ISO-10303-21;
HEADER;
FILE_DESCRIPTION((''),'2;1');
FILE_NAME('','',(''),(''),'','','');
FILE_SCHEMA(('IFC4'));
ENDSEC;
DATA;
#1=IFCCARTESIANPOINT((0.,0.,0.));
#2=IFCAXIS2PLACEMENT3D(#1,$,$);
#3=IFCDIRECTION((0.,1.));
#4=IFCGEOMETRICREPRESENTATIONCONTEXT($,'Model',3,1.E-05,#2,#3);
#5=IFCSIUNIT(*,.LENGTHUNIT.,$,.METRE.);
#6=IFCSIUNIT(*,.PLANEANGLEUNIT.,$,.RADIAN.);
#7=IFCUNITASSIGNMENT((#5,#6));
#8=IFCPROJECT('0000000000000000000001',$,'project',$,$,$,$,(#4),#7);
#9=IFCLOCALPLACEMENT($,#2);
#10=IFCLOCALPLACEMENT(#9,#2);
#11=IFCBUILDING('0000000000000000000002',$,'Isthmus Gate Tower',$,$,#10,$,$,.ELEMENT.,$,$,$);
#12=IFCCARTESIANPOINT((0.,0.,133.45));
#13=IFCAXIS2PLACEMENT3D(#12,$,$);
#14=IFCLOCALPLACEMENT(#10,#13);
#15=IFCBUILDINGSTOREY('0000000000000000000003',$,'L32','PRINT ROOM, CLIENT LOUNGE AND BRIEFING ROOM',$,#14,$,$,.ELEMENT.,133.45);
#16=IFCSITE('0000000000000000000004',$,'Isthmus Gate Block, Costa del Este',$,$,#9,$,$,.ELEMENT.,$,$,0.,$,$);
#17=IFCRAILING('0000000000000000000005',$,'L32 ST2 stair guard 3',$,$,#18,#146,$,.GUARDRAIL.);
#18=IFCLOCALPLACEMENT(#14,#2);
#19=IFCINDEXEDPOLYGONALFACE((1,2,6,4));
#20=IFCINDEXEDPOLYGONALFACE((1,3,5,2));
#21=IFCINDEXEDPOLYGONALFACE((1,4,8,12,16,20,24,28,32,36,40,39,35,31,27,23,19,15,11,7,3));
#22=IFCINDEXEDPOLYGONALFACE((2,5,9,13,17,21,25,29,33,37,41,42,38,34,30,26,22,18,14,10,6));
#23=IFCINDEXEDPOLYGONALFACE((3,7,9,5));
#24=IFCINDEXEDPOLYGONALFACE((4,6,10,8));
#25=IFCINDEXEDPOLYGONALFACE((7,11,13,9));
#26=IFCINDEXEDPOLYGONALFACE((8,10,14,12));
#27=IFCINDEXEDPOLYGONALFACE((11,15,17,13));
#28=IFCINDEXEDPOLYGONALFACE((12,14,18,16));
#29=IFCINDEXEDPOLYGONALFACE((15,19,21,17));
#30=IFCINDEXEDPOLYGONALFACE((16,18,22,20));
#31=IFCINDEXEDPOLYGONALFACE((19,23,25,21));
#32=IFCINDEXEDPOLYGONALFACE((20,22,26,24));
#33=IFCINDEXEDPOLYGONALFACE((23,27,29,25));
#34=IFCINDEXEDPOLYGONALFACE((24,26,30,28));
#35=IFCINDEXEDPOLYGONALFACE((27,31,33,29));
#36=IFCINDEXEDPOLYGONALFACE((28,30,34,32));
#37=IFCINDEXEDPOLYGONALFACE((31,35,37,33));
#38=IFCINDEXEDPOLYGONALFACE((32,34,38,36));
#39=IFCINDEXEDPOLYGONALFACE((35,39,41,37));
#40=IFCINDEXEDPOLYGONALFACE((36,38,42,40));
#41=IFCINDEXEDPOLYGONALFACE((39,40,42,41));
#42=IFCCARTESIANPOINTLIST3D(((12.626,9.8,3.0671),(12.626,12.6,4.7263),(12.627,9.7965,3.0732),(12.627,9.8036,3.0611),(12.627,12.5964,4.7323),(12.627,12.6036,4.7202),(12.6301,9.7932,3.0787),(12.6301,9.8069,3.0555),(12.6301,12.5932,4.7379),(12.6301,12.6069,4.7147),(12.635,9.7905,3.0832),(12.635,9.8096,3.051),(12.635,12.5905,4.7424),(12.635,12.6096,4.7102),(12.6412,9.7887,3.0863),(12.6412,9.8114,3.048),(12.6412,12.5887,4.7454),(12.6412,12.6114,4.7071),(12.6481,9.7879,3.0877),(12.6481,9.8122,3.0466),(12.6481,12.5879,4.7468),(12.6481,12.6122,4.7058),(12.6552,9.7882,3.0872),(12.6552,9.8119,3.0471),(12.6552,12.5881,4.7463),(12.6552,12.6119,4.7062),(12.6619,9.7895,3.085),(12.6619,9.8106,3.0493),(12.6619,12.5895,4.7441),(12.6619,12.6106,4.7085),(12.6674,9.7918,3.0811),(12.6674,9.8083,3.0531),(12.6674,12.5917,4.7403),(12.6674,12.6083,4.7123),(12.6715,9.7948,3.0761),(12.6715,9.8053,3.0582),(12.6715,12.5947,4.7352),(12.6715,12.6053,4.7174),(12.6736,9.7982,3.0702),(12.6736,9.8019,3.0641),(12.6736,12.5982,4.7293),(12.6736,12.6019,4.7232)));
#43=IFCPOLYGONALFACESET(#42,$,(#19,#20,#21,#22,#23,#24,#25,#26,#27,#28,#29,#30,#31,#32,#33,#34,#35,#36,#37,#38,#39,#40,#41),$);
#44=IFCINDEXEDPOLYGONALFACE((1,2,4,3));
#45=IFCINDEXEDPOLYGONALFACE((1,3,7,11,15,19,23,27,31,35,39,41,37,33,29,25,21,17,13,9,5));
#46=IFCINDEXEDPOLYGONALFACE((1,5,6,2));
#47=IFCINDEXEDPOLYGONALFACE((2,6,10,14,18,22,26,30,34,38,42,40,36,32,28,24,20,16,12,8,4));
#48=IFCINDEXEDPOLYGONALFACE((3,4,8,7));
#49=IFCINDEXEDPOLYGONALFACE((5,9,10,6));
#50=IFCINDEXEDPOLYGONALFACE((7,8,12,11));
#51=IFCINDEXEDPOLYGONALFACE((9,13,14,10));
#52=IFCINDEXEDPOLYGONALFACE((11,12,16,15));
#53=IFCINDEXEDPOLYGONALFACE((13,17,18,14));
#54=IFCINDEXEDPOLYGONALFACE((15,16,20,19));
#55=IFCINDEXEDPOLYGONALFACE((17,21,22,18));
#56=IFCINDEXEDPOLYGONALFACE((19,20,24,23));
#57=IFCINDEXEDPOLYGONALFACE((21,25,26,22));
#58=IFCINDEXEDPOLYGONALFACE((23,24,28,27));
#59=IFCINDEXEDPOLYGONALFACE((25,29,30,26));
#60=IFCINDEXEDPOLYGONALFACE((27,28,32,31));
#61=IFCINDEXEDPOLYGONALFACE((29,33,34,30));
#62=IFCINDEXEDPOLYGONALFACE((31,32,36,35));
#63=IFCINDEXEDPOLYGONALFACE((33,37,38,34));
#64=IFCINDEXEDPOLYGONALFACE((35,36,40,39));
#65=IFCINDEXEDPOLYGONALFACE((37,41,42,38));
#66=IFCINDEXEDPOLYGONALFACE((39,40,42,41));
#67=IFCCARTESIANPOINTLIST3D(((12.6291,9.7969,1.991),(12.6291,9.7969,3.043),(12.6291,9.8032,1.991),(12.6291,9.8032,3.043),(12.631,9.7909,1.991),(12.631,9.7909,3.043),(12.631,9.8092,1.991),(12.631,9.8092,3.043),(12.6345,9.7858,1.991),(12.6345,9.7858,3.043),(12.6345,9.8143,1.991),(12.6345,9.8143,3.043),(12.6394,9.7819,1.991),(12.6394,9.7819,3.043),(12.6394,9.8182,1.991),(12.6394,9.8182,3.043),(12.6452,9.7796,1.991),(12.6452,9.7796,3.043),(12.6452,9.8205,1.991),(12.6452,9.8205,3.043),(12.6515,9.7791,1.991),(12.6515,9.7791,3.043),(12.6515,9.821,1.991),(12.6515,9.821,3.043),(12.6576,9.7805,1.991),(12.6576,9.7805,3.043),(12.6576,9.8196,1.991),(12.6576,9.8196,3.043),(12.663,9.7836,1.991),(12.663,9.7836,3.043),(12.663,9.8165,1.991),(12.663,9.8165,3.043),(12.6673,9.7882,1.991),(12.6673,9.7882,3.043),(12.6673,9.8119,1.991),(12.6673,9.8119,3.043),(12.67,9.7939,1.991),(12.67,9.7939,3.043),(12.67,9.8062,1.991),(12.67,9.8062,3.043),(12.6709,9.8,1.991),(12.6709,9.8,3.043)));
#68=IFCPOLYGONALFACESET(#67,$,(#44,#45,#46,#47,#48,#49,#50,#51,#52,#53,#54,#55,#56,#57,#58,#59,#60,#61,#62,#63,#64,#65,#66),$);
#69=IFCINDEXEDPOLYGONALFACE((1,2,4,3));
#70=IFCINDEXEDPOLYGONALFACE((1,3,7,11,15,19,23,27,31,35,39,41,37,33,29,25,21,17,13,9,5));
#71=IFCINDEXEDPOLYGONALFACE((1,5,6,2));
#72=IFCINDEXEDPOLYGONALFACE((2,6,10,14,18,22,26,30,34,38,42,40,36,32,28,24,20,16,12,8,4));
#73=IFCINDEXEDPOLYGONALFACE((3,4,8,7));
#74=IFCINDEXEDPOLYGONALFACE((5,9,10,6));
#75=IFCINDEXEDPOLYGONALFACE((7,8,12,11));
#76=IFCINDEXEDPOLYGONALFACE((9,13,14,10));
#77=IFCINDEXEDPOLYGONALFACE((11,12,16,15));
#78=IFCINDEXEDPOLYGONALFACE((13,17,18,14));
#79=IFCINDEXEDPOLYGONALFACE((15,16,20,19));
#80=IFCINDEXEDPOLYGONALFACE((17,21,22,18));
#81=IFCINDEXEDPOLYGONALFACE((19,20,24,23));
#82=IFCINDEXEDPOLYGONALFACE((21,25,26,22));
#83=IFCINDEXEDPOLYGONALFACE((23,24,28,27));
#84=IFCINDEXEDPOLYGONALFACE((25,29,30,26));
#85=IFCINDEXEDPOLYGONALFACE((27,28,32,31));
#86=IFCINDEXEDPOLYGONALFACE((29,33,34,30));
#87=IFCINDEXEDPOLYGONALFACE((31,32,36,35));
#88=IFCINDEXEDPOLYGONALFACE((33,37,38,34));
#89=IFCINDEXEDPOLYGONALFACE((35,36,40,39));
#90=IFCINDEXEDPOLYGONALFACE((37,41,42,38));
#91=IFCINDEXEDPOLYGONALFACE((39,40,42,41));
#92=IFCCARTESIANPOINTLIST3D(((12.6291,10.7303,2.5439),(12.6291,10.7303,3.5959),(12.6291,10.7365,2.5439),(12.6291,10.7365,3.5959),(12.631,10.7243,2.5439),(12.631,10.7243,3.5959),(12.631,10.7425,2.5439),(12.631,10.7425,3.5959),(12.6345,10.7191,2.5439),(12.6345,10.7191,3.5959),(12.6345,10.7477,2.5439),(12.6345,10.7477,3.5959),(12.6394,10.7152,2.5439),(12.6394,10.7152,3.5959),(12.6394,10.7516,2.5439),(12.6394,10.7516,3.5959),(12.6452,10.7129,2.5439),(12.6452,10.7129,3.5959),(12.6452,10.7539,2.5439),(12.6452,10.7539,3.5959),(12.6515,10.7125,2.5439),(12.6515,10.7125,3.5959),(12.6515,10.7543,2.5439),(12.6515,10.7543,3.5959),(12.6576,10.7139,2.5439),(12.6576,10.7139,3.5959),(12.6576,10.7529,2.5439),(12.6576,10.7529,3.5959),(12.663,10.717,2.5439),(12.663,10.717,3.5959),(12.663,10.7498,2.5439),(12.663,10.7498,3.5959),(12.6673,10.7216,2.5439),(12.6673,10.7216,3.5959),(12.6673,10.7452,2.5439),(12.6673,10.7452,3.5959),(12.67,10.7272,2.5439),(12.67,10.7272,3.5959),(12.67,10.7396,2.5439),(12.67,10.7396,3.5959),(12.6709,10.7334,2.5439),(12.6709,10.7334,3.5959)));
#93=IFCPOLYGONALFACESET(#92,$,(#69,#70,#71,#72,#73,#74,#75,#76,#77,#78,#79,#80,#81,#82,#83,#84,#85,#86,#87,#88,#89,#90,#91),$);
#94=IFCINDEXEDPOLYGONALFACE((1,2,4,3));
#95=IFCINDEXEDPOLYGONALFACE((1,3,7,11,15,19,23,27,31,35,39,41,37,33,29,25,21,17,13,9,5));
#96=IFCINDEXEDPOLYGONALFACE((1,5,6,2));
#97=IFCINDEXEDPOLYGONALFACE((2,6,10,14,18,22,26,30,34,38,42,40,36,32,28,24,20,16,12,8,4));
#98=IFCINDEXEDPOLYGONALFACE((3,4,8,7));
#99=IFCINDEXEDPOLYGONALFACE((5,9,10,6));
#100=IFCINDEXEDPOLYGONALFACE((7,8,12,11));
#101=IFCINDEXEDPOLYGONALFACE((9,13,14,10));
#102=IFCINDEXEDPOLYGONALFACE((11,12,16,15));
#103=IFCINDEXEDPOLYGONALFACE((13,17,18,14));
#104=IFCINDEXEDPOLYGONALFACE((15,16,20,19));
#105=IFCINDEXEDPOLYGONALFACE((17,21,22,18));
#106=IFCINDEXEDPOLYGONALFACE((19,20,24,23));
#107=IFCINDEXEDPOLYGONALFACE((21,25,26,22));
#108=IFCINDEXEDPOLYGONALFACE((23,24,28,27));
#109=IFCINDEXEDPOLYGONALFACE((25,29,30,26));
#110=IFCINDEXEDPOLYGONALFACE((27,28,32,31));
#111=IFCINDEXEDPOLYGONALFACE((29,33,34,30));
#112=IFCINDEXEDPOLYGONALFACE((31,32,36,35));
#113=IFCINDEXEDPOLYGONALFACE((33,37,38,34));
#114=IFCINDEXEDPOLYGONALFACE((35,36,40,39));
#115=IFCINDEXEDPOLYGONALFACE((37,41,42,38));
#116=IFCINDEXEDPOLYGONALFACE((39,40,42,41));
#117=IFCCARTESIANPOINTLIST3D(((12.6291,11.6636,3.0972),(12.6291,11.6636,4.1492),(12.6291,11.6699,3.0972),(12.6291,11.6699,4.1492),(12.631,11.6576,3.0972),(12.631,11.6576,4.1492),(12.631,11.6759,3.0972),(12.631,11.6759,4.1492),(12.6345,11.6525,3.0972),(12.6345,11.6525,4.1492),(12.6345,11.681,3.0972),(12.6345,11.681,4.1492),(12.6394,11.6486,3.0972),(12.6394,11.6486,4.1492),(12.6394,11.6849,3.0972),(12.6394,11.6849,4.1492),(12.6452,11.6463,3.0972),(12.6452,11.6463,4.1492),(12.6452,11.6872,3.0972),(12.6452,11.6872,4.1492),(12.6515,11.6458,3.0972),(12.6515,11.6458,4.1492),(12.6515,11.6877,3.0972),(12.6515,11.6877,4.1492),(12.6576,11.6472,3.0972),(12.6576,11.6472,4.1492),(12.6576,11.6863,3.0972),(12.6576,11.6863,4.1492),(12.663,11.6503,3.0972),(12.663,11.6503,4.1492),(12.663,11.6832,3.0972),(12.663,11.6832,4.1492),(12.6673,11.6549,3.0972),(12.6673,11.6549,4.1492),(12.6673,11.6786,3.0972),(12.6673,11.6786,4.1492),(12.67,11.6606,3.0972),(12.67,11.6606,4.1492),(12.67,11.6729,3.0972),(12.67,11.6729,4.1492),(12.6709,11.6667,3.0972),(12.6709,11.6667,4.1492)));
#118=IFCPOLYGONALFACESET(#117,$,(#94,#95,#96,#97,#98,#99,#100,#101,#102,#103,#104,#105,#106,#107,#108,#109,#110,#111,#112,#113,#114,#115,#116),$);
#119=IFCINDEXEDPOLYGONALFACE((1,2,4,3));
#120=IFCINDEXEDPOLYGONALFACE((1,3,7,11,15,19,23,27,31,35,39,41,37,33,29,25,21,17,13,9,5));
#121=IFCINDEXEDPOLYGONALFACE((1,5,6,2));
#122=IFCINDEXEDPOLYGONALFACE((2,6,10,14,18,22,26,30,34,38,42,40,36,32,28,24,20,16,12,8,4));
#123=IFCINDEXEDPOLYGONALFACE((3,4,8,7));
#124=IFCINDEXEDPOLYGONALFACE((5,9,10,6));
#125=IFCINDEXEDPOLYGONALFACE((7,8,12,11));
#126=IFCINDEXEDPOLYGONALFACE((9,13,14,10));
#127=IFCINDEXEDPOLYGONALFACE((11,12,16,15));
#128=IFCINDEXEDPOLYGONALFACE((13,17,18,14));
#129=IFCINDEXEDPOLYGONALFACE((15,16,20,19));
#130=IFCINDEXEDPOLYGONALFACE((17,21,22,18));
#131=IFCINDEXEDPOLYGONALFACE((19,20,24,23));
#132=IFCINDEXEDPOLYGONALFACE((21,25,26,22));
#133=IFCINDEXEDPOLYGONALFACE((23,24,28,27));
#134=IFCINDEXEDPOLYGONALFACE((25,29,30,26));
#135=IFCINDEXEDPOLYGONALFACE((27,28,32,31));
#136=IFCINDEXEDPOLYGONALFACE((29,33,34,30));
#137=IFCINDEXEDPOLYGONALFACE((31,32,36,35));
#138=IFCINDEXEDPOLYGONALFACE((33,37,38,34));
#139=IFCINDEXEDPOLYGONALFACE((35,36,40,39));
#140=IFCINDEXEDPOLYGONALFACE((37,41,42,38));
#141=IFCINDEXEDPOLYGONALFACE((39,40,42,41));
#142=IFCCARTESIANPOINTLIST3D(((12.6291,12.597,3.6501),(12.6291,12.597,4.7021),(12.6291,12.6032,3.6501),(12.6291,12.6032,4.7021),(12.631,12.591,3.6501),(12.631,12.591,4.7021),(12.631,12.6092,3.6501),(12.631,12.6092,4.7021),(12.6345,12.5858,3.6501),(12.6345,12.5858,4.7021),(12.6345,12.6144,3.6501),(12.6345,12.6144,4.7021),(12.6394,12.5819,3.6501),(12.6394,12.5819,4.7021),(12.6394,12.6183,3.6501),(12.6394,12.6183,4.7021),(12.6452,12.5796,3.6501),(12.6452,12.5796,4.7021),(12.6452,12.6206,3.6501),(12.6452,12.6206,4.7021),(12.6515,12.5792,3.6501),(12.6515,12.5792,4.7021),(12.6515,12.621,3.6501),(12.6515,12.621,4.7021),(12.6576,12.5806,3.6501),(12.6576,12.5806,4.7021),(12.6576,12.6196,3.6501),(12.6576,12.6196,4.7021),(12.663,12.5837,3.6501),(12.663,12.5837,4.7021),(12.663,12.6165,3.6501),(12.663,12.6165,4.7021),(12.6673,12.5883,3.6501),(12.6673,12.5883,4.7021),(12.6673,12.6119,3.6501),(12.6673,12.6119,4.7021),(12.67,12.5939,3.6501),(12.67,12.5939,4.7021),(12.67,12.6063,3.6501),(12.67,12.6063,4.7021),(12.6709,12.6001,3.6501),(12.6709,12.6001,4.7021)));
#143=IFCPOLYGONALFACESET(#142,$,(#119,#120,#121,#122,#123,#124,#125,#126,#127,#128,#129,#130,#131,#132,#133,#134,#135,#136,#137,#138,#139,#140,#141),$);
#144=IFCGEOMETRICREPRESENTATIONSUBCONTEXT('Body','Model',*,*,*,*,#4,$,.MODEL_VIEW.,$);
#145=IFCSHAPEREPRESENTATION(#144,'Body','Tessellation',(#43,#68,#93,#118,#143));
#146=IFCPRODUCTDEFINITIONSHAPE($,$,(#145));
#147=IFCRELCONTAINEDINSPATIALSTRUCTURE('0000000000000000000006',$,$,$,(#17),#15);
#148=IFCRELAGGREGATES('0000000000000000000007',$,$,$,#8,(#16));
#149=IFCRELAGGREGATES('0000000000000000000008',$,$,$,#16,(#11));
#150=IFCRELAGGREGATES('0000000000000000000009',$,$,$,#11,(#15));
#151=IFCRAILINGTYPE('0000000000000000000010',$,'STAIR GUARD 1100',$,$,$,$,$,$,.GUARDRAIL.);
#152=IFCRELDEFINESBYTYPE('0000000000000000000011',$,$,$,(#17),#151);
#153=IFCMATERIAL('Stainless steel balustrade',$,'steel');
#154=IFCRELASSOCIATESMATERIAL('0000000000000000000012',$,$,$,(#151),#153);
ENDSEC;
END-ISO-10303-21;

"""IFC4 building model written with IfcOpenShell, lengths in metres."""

from ifc_helpers import new_model, si_unit, direction, frame, origin, origin_2d, place, context, subcontext, project, spatial, circle, extrude, material, type_object, element, save


model = new_model("IFC4")

# Units and contexts
model_context = context("Model", 3, precision=1e-05, world=origin(), true_north=direction((0.0, 1.0)))
body_context = subcontext(model_context, "Body", "Model", "MODEL_VIEW")
ifc_project = project(units=[si_unit("LENGTHUNIT", "METRE"), si_unit("PLANEANGLEUNIT", "RADIAN")], contexts=[model_context])

# Site, building, storey
site_placement = place(None, origin())
site = spatial("IfcSite", under=ifc_project, at=site_placement, Name="Isthmus Gate Block, Costa del Este", CompositionType="ELEMENT", RefElevation=0.0)
building_placement = place(site_placement, origin())
building = spatial("IfcBuilding", under=site, at=building_placement, Name="Isthmus Gate Tower", CompositionType="ELEMENT")
storey_placement = place(building_placement, frame((0.0, 0.0, 133.45)))
storey = spatial("IfcBuildingStorey", under=building, at=storey_placement, Name="L32", Description="PRINT ROOM, CLIENT LOUNGE AND BRIEFING ROOM", CompositionType="ELEMENT", Elevation=133.45)

# Railing
ifc_material_1 = material(Name="Stainless steel balustrade", Category="steel")
railing_type_1 = type_object("IfcRailingType", Name="STAIR GUARD 1100", PredefinedType="GUARDRAIL", material=ifc_material_1)
railing_1_placement = place(storey_placement, frame((12.6499, 9.8, 1.991)))
element("IfcRailing", 1, at=railing_1_placement, inside=storey, type_object=railing_type_1, Name="L32 ST2 stair guard 3", PredefinedType="GUARDRAIL", context=body_context, shape_type="SweptSolid", body=[
    extrude(circle(Radius=0.0239, at=origin_2d()), frame((0.0, 0.0, 1.0762), z_axis=(0.0, 0.860306, 0.509778), x_axis=(-1.0, 0.0, 0.0)), (0.0, 0.0, 1.0), 3.2546),
    extrude(circle(Radius=0.021, at=origin_2d()), origin(), (0.0, 0.0, 1.0), 1.052),
    extrude(circle(Radius=0.021, at=origin_2d()), frame((0.0, 0.9333, 0.553)), (0.0, 0.0, 1.0), 1.052),
    extrude(circle(Radius=0.021, at=origin_2d()), frame((0.0, 1.8667, 1.1062)), (0.0, 0.0, 1.0), 1.052),
    extrude(circle(Radius=0.021, at=origin_2d()), frame((0.0, 2.8, 1.6592)), (0.0, 0.0, 1.0), 1.052),
])

save(model, "model.ifc")
